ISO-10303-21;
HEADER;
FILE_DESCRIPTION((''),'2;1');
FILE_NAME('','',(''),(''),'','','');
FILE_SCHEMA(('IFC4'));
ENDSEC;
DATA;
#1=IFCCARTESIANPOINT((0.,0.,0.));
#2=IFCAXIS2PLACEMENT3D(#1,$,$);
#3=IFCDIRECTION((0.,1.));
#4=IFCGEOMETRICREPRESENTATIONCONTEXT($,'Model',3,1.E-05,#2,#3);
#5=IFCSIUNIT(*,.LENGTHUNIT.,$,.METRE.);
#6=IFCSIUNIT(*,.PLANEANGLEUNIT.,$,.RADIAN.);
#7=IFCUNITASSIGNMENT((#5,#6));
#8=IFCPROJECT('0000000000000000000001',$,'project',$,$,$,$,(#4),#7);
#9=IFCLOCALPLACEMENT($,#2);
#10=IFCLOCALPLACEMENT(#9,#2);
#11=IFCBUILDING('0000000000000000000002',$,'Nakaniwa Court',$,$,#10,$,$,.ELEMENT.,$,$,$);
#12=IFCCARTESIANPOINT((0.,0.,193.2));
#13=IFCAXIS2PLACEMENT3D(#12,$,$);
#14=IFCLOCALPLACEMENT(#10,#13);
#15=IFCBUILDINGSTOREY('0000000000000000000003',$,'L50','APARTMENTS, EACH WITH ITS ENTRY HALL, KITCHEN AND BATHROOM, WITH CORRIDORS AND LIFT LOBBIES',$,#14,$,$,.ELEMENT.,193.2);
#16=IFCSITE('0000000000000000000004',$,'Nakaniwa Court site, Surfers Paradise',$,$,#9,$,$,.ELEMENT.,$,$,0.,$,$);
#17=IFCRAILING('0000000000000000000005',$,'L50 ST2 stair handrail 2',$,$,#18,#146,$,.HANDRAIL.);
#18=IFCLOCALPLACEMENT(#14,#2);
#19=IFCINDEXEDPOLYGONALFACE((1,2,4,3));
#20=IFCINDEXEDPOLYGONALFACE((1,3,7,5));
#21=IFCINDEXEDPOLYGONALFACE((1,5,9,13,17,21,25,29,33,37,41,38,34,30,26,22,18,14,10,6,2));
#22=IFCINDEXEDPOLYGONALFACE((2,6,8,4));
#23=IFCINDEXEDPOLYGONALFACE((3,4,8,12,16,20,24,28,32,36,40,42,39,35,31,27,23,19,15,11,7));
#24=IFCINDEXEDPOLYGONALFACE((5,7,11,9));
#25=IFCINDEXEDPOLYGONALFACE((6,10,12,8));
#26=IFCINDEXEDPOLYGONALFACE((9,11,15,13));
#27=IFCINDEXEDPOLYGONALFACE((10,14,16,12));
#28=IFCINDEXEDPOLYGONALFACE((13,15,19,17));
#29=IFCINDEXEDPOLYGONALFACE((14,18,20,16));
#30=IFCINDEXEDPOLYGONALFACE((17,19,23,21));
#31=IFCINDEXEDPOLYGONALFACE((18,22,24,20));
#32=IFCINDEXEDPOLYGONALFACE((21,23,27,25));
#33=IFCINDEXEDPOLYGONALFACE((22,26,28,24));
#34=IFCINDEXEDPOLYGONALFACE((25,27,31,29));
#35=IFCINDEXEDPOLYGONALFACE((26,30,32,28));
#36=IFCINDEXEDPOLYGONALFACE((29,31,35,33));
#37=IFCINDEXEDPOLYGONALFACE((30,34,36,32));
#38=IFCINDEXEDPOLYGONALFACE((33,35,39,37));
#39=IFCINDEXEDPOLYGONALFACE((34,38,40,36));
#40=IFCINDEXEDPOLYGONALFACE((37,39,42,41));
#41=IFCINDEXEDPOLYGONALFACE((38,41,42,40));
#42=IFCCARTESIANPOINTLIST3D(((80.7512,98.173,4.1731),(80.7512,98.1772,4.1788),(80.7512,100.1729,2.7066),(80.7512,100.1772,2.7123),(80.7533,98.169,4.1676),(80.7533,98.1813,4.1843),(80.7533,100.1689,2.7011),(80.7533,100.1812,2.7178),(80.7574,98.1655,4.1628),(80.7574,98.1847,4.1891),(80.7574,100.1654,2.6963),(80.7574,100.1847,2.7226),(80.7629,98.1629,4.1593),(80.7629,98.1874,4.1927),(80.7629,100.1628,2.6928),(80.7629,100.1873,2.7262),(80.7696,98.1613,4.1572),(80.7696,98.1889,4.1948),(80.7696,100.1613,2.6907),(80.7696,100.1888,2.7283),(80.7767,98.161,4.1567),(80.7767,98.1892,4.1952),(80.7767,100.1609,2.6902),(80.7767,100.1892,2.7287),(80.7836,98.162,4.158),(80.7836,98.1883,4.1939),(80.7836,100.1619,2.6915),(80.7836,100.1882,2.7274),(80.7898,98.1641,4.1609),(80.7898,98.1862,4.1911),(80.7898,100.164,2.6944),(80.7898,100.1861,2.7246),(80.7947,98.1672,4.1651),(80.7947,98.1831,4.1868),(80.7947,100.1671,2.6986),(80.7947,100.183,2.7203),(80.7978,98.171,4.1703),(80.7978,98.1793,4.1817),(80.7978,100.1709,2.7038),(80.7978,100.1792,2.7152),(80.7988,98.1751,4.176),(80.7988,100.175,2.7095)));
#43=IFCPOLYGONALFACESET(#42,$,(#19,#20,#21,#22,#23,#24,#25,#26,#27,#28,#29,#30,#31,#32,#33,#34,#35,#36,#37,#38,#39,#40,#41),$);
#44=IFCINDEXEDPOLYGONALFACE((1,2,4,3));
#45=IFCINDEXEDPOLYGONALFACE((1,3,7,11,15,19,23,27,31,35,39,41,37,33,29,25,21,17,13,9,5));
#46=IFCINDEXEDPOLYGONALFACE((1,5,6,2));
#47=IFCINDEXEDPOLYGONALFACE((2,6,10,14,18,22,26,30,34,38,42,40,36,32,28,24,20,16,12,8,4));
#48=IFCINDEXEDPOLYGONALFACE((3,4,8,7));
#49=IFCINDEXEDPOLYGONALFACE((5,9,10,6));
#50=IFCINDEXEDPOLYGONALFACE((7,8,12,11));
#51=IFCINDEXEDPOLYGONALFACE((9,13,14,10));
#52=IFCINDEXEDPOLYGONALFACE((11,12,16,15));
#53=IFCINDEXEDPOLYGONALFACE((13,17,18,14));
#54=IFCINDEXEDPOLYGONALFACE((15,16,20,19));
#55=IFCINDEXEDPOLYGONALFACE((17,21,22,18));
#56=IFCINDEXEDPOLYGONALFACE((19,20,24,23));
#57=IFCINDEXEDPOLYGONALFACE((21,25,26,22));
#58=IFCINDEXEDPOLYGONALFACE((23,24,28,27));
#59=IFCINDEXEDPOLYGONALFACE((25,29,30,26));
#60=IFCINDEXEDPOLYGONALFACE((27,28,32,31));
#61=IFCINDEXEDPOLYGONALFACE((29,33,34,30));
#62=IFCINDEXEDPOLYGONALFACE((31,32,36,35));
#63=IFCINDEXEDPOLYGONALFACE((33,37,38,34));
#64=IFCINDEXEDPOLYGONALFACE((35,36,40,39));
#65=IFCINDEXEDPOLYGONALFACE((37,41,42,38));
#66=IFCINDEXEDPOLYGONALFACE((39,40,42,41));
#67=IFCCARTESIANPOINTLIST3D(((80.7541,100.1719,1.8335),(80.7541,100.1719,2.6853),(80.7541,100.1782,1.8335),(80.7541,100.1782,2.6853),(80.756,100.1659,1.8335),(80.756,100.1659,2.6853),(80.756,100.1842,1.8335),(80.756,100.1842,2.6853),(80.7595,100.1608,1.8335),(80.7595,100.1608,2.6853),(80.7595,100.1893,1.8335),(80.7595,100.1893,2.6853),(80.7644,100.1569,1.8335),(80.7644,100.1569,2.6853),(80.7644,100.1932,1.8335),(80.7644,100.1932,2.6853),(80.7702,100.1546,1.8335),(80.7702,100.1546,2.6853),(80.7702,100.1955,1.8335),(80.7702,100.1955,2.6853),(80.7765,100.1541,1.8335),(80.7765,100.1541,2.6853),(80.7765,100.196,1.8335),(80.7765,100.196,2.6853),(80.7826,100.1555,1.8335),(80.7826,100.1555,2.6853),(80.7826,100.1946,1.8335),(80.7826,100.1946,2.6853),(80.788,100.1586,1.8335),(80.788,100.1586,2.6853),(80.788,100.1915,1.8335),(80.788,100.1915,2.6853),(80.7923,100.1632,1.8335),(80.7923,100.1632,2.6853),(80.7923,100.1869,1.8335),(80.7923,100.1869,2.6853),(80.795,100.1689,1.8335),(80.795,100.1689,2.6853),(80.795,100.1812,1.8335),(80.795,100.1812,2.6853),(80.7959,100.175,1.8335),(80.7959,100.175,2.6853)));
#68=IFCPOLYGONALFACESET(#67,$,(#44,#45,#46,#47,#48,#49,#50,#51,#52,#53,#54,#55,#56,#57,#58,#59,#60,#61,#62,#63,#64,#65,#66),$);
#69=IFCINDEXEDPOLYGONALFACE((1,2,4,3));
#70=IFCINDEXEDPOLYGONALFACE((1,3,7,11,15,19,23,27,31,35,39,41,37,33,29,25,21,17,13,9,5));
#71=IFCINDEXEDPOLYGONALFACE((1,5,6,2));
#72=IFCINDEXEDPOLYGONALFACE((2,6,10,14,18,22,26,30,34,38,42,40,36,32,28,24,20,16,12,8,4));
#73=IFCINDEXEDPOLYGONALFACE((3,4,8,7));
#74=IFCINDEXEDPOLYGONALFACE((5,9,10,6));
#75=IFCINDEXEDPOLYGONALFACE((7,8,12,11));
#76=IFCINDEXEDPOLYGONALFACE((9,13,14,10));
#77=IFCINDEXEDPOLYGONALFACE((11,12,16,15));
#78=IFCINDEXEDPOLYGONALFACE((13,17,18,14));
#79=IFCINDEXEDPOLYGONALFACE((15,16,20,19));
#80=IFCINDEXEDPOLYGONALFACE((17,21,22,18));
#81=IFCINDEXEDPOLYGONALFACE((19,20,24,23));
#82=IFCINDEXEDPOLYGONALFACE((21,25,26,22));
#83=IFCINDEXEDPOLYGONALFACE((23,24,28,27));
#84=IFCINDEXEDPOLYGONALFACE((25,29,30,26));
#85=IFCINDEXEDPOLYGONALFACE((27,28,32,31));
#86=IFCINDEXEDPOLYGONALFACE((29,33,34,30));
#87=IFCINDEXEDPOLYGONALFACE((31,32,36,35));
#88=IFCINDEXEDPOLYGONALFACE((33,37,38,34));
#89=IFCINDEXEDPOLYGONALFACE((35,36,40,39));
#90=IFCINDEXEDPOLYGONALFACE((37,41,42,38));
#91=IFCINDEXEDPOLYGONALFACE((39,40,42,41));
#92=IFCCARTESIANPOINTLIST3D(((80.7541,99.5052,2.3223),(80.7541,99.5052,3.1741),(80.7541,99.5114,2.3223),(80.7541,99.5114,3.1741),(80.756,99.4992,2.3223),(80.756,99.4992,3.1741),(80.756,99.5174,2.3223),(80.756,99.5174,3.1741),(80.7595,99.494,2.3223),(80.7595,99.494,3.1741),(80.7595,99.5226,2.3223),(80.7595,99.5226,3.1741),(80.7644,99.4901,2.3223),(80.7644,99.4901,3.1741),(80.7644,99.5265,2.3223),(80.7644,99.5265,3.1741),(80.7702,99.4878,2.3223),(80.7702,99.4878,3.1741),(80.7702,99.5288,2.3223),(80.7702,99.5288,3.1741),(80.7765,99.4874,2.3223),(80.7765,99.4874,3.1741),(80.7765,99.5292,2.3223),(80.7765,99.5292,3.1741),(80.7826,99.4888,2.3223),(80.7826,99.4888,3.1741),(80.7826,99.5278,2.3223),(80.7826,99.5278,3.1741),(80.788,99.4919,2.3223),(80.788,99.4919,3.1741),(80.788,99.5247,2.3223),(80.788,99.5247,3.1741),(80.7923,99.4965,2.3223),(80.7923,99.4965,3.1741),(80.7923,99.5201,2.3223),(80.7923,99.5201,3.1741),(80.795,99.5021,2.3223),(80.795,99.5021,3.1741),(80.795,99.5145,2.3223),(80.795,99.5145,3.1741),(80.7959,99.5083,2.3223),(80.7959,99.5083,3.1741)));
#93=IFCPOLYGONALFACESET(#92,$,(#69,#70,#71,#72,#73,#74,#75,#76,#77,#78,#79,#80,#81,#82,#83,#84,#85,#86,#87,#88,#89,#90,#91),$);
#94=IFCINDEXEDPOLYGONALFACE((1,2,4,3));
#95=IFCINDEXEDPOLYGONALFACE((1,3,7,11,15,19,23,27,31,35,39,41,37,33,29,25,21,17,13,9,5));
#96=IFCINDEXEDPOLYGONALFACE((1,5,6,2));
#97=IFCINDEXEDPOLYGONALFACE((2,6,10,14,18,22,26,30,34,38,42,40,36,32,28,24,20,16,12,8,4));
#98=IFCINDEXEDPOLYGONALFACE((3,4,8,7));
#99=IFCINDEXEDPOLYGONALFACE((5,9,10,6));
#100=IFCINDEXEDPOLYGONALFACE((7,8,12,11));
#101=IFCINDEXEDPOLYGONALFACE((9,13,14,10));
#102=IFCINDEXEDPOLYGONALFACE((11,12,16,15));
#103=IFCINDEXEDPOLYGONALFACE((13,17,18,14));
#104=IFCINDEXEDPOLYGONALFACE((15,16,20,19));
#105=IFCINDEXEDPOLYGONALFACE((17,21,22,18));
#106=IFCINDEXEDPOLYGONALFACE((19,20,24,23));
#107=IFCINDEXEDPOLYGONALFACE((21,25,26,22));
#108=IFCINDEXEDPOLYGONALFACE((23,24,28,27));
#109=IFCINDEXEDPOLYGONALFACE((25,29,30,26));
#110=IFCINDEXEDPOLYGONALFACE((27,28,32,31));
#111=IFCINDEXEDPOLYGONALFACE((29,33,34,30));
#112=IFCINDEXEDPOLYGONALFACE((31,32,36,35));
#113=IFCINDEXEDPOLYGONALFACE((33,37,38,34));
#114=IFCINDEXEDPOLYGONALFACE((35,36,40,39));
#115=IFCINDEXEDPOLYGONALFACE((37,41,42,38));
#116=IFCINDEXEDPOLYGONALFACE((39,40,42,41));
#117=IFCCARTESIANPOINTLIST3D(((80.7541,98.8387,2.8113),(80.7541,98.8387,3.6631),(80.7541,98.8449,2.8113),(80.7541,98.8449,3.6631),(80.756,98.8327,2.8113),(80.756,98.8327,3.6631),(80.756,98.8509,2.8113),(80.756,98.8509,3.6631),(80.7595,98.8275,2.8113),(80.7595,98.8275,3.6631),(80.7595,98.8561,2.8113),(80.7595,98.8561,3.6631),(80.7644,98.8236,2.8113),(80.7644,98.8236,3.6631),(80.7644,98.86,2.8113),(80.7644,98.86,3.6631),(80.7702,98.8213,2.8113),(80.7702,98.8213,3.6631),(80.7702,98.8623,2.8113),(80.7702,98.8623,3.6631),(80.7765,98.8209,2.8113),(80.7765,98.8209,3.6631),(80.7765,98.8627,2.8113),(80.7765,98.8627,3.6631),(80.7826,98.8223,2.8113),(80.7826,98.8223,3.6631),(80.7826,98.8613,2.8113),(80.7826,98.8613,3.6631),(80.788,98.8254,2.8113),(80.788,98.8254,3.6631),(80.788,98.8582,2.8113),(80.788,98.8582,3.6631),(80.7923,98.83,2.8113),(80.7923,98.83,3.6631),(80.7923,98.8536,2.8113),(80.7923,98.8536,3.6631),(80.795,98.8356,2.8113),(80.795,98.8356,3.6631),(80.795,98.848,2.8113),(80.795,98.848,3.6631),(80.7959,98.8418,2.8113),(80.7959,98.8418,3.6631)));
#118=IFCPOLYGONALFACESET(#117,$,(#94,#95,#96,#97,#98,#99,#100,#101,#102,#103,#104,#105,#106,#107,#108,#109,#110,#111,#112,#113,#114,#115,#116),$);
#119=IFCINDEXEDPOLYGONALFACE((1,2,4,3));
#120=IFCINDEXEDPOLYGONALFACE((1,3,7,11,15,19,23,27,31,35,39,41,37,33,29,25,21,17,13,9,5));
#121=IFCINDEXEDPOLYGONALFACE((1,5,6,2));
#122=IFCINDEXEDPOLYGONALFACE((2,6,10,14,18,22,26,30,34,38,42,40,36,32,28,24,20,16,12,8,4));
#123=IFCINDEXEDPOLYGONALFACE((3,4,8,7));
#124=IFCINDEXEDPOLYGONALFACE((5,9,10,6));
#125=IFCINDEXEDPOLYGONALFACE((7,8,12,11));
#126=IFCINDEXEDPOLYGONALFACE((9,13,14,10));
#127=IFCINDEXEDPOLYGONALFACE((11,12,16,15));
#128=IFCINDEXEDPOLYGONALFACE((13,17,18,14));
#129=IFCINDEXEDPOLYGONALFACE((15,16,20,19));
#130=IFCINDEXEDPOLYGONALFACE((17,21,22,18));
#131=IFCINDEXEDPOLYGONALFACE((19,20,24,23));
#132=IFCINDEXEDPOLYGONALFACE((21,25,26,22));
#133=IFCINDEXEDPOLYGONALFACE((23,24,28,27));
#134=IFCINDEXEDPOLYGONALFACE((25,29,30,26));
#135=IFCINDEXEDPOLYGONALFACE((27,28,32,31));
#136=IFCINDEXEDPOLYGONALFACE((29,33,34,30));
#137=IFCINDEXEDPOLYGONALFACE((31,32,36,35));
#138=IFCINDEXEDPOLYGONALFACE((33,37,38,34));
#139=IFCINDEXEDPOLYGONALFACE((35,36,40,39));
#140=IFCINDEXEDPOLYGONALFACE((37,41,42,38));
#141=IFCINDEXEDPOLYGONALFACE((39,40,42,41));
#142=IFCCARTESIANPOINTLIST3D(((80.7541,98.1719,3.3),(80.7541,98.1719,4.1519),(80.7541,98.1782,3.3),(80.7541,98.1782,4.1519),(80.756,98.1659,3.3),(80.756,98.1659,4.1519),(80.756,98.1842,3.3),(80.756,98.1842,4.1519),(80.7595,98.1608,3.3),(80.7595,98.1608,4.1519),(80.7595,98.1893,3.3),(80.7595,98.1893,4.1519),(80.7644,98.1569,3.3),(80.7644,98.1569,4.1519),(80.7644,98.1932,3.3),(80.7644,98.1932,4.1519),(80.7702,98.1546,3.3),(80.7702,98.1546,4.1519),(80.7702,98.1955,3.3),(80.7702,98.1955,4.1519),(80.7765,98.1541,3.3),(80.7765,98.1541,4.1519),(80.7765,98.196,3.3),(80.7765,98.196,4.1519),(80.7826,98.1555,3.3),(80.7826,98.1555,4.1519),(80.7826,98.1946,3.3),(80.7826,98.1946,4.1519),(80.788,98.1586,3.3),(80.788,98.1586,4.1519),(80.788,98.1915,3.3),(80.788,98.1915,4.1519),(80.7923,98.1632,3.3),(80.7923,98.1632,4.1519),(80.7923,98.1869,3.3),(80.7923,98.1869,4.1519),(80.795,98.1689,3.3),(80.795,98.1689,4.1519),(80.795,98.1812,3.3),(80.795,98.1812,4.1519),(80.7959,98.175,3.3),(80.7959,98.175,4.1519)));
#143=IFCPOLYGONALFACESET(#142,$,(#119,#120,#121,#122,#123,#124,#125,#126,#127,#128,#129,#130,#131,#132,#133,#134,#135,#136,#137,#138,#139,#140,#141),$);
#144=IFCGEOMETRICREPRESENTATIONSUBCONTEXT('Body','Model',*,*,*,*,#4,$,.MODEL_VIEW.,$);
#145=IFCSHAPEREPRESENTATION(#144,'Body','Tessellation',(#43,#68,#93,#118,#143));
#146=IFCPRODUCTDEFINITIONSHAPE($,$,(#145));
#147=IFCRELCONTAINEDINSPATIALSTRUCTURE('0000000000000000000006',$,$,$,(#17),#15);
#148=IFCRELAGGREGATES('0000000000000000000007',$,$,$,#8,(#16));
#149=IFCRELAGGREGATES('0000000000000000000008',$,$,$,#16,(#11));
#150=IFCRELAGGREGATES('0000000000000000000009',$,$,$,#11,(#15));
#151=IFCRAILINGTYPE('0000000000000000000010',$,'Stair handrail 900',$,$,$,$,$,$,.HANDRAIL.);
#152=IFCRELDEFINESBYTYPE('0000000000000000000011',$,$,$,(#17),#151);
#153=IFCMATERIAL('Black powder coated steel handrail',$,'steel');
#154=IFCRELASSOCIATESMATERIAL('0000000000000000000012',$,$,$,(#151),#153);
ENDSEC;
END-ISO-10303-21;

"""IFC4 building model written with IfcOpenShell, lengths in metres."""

from ifc_helpers import new_model, si_unit, direction, frame, origin, origin_2d, place, context, subcontext, project, spatial, circle, extrude, material, type_object, element, save


model = new_model("IFC4")

# Units and contexts
model_context = context("Model", 3, precision=1e-05, world=origin(), true_north=direction((0.0, 1.0)))
body_context = subcontext(model_context, "Body", "Model", "MODEL_VIEW")
ifc_project = project(units=[si_unit("LENGTHUNIT", "METRE"), si_unit("PLANEANGLEUNIT", "RADIAN")], contexts=[model_context])

# Site, building, storey
site_placement = place(None, origin())
site = spatial("IfcSite", under=ifc_project, at=site_placement, Name="Nakaniwa Court site, Surfers Paradise", CompositionType="ELEMENT", RefElevation=0.0)
building_placement = place(site_placement, origin())
building = spatial("IfcBuilding", under=site, at=building_placement, Name="Nakaniwa Court", CompositionType="ELEMENT")
storey_placement = place(building_placement, frame((0.0, 0.0, 193.2)))
storey = spatial("IfcBuildingStorey", under=building, at=storey_placement, Name="L50", Description="APARTMENTS, EACH WITH ITS ENTRY HALL, KITCHEN AND BATHROOM, WITH CORRIDORS AND LIFT LOBBIES", CompositionType="ELEMENT", Elevation=193.2)

# Railing
ifc_material_1 = material(Name="Black powder coated steel handrail", Category="steel")
railing_type_1 = type_object("IfcRailingType", Name="Stair handrail 900", PredefinedType="HANDRAIL", material=ifc_material_1)
railing_1_placement = place(storey_placement, frame((80.7749, 100.175, 1.8335)))
element("IfcRailing", 1, at=railing_1_placement, inside=storey, type_object=railing_type_1, Name="L50 ST2 stair handrail 2", PredefinedType="HANDRAIL", context=body_context, shape_type="SweptSolid", body=[
    extrude(circle(Radius=0.0239, at=origin_2d()), frame((0.0, 0.0, 0.876), z_axis=(0.0, -0.806427, 0.591334), x_axis=(1.0, 0.0, 0.0)), (0.0, 0.0, 1.0), 2.48),
    extrude(circle(Radius=0.021, at=origin_2d()), origin(), (0.0, 0.0, 1.0), 0.8518),
    extrude(circle(Radius=0.021, at=origin_2d()), frame((0.0, -0.6667, 0.4888)), (0.0, 0.0, 1.0), 0.8518),
    extrude(circle(Radius=0.021, at=origin_2d()), frame((0.0, -1.3333, 0.9778)), (0.0, 0.0, 1.0), 0.8518),
    extrude(circle(Radius=0.021, at=origin_2d()), frame((0.0, -2.0, 1.4666)), (0.0, 0.0, 1.0), 0.8518),
])

save(model, "model.ifc")
